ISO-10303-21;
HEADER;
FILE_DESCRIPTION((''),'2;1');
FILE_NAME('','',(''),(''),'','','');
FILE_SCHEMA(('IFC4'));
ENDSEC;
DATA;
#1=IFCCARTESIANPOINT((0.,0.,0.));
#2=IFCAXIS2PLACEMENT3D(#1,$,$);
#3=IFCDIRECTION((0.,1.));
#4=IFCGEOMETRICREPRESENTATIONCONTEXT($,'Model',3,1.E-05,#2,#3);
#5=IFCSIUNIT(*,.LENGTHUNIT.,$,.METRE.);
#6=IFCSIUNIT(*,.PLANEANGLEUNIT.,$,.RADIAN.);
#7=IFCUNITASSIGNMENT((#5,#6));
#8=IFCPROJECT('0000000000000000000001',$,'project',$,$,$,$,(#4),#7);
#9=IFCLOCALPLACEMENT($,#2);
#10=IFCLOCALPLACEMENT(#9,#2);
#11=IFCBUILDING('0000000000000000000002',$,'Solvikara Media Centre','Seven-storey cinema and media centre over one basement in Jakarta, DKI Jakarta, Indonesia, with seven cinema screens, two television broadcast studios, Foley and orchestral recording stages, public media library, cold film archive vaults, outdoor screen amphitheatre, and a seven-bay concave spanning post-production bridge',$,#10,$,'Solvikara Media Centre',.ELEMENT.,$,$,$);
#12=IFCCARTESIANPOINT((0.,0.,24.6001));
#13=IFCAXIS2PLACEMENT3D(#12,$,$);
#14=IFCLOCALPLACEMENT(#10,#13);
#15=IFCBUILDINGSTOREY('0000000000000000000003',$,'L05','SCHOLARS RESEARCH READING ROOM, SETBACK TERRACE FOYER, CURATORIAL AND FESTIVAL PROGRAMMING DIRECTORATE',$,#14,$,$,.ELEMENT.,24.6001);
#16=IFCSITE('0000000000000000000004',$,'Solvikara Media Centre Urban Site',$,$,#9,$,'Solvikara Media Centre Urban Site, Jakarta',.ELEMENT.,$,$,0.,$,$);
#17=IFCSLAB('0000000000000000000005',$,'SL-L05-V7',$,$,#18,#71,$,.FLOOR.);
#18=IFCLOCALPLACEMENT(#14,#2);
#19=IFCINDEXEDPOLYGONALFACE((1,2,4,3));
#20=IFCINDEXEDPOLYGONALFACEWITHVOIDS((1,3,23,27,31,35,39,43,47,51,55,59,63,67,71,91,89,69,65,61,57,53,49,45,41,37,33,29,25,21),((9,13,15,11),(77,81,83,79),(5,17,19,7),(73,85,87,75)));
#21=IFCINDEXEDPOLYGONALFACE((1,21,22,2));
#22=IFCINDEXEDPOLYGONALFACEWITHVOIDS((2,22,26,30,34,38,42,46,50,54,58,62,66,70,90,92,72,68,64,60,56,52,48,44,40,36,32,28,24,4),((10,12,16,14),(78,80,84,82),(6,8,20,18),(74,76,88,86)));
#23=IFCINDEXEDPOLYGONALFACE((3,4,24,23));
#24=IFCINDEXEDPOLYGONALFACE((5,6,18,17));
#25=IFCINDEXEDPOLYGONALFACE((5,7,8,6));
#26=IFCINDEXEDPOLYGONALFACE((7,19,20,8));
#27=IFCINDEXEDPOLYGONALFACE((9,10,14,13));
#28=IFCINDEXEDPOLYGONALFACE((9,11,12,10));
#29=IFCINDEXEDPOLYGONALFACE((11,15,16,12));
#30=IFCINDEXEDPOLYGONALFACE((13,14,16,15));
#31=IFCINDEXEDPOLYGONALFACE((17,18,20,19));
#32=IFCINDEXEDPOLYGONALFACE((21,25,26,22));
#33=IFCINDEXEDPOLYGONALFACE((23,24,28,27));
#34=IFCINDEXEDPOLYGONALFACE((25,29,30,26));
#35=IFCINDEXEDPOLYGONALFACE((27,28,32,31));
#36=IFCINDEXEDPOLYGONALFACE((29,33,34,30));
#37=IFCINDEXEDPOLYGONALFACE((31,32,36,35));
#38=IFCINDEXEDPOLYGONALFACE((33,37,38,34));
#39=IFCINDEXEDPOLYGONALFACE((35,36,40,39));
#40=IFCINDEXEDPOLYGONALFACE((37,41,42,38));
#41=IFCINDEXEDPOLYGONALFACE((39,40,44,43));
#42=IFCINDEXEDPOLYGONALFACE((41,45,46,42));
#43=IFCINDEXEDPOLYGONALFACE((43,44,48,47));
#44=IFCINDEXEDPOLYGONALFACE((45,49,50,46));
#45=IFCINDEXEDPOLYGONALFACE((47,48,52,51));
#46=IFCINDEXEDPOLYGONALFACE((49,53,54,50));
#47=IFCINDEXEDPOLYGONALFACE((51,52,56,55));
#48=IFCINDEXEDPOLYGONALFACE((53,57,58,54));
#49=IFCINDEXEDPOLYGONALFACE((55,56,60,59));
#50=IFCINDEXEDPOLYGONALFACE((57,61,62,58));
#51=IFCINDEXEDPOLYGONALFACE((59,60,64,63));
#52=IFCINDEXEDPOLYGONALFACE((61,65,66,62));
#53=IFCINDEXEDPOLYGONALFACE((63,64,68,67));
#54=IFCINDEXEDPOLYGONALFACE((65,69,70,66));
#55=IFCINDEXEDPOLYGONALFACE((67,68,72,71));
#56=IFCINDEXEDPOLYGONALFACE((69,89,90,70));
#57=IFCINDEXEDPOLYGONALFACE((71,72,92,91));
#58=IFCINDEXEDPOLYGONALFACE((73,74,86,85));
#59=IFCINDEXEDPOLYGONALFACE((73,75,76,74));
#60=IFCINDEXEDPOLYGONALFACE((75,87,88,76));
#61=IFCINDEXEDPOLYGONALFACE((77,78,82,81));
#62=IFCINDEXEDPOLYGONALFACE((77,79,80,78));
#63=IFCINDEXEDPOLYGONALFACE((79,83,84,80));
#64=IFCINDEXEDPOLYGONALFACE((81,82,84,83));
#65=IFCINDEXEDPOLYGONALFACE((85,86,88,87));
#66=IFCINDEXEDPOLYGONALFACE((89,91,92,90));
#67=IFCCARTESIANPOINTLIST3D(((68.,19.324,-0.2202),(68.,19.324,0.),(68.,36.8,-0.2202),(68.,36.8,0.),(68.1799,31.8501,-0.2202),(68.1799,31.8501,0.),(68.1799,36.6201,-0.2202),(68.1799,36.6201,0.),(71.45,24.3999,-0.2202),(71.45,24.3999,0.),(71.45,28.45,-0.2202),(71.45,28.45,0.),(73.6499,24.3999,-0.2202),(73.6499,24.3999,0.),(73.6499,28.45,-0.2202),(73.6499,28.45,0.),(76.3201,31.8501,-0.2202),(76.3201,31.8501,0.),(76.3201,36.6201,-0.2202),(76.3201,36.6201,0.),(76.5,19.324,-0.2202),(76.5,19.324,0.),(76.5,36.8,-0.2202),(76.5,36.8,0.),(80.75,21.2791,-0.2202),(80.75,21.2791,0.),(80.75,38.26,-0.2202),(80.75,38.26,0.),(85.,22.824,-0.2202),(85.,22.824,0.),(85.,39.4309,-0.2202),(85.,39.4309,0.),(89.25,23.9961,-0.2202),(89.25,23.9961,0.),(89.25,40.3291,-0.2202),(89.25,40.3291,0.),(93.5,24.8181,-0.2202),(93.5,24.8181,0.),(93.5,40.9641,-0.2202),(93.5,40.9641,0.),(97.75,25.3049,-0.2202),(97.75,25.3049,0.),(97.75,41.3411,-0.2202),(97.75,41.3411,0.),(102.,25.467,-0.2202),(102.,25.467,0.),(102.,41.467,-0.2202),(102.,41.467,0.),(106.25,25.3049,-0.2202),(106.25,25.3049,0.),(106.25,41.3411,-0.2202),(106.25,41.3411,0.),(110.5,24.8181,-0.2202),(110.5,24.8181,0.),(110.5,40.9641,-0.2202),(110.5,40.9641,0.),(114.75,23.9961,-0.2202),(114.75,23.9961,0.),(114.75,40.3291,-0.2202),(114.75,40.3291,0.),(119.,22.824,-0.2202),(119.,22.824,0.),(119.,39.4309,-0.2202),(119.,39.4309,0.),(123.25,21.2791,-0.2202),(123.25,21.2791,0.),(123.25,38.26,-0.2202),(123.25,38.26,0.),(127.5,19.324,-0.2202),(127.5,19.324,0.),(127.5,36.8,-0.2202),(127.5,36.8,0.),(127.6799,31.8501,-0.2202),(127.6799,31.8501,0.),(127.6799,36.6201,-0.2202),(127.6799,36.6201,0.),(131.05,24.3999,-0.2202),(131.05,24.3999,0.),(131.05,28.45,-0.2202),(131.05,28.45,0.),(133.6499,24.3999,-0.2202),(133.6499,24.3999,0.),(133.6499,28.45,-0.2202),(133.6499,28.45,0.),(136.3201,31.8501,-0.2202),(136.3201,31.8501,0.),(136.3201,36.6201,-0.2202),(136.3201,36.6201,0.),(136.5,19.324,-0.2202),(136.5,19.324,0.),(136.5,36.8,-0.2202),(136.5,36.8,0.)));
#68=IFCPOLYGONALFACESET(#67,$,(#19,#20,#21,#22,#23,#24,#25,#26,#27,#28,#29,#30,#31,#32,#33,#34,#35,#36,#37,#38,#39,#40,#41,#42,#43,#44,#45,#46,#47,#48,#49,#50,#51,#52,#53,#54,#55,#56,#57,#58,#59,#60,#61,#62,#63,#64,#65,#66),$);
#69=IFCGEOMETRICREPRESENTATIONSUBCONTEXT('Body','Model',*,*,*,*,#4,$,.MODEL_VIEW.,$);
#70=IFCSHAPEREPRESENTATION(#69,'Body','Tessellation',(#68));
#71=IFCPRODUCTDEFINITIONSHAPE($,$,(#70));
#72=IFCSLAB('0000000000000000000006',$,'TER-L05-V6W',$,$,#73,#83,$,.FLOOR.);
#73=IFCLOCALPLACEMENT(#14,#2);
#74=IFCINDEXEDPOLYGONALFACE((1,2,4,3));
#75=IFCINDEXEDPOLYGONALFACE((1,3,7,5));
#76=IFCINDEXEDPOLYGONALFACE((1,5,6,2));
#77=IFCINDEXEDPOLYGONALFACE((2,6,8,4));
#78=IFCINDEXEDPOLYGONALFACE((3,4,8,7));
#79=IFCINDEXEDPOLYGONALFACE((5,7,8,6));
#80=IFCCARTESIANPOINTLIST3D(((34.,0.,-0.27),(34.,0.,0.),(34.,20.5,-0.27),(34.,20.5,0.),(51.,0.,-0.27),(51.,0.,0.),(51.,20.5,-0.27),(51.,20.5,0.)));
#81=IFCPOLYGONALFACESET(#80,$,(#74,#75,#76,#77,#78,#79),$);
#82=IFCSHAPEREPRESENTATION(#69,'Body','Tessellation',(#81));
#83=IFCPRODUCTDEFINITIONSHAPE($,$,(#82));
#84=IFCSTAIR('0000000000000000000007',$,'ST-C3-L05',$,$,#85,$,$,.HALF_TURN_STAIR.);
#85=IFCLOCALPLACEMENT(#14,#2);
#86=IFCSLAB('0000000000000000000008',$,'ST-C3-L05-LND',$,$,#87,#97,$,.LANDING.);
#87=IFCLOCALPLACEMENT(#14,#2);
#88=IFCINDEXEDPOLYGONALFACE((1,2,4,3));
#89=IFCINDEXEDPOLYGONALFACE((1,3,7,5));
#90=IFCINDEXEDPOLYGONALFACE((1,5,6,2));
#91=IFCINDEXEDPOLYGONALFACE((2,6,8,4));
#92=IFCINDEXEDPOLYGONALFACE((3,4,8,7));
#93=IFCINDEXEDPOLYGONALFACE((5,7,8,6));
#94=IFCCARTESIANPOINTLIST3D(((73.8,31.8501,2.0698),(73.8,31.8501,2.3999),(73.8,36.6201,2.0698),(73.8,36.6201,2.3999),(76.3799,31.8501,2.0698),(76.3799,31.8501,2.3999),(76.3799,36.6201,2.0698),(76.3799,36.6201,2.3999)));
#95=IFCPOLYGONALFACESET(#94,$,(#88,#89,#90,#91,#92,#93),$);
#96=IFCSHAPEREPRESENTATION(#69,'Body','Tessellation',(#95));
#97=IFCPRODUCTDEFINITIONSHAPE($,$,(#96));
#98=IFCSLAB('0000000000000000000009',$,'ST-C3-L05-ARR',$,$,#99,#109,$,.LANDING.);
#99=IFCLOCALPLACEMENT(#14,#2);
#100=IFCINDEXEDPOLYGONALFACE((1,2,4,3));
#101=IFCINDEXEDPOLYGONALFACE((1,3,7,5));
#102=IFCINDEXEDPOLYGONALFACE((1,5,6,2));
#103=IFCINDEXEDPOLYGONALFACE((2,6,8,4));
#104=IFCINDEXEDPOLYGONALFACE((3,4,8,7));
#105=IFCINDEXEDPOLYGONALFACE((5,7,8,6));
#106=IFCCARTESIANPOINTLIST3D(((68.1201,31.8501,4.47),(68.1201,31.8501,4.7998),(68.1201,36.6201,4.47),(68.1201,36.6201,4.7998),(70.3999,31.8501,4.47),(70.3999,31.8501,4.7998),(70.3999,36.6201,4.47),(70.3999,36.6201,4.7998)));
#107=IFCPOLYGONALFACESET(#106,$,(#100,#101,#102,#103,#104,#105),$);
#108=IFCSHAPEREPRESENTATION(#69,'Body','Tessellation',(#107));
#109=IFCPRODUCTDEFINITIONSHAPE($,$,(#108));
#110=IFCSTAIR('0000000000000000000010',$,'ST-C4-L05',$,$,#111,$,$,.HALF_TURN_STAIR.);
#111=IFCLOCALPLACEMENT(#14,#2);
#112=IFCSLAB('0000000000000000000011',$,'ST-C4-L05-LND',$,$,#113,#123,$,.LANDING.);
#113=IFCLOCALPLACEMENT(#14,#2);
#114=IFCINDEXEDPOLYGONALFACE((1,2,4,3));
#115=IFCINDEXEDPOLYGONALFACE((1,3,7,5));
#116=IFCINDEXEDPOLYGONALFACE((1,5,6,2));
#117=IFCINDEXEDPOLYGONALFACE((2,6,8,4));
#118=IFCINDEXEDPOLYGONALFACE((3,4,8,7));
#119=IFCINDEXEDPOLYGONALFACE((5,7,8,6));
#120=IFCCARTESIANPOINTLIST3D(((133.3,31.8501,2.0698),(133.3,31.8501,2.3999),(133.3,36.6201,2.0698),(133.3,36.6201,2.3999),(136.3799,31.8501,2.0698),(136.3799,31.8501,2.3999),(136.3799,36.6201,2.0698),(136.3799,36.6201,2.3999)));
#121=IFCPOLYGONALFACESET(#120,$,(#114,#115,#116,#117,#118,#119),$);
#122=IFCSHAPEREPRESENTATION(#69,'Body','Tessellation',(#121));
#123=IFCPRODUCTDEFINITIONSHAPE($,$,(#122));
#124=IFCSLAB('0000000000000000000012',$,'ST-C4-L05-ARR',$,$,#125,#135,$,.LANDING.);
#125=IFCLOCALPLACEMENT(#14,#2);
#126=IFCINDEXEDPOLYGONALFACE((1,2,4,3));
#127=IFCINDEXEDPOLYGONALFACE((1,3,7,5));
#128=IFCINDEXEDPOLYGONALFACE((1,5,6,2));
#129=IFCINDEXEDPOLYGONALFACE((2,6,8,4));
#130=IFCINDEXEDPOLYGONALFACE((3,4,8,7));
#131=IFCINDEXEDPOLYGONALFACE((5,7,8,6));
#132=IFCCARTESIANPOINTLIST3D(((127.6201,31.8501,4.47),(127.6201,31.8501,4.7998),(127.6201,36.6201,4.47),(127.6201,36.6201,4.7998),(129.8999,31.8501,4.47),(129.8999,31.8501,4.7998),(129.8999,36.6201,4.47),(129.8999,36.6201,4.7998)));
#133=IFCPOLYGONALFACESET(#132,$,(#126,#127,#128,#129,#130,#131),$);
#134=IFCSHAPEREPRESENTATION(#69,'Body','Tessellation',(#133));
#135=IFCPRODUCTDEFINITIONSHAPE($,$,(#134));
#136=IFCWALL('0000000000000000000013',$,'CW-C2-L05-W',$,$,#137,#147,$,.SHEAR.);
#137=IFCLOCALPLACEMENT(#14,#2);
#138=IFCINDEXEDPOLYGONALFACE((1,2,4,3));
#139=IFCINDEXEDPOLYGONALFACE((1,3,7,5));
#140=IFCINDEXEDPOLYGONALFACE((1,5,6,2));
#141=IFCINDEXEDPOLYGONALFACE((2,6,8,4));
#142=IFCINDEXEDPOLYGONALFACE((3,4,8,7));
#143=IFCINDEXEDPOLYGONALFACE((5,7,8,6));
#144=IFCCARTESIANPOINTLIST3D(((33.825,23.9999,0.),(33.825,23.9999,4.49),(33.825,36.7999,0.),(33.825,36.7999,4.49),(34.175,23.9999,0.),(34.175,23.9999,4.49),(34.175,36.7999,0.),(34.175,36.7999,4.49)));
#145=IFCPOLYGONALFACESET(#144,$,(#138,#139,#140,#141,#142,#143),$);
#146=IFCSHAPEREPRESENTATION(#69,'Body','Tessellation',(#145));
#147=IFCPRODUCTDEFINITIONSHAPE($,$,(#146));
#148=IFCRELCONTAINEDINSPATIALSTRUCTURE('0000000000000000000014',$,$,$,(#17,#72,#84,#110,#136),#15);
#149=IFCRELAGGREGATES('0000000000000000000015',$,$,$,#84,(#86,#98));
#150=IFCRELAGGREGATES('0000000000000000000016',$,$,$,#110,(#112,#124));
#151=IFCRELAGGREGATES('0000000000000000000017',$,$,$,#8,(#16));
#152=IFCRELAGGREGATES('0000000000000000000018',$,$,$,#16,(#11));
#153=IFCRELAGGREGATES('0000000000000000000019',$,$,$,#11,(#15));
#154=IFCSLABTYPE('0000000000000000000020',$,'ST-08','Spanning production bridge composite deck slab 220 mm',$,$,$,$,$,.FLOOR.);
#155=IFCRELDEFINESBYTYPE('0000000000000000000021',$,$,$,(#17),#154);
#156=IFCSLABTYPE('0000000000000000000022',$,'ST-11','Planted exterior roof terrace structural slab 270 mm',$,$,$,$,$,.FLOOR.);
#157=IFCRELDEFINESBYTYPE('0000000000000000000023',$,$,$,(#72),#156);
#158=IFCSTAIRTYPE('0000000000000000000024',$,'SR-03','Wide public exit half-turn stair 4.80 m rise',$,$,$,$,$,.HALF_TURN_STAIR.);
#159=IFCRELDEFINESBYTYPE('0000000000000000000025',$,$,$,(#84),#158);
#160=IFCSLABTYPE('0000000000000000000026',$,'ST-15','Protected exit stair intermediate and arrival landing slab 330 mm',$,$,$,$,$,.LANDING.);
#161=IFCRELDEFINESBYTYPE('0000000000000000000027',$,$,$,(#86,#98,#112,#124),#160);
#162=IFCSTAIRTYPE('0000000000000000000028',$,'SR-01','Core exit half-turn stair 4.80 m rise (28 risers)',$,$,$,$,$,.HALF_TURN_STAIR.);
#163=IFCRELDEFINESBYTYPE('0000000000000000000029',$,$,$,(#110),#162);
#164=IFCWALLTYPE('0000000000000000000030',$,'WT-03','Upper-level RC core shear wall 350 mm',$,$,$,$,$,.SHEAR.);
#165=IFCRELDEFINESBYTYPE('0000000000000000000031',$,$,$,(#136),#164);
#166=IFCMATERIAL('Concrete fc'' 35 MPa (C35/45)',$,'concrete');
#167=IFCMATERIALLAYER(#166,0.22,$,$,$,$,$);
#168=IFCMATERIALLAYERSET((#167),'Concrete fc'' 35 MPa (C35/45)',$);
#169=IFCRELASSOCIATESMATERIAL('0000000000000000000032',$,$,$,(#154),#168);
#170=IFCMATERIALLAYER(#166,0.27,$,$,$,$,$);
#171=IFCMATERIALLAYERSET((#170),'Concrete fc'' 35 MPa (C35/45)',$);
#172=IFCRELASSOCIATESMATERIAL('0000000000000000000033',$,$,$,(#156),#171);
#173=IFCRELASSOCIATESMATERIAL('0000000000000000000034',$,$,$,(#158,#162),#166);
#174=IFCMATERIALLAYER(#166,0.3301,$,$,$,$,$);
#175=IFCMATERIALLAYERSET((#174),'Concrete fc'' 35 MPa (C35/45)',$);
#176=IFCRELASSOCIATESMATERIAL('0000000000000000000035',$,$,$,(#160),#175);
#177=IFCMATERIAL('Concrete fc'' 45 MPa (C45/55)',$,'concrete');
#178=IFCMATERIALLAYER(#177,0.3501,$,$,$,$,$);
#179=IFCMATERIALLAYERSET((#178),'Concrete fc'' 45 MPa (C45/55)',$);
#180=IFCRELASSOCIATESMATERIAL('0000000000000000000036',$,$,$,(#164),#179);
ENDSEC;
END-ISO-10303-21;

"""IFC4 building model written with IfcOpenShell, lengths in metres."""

from ifc_helpers import new_model, si_unit, direction, frame, frame_2d, origin, place, context, subcontext, project, spatial, polyline, rectangle, outline, extrude, material, layer, layer_set, type_object, element, aggregate, save


model = new_model("IFC4")

# Units and contexts
model_context = context("Model", 3, precision=1e-05, world=origin(), true_north=direction((0.0, 1.0)))
body_context = subcontext(model_context, "Body", "Model", "MODEL_VIEW")
ifc_project = project(units=[si_unit("LENGTHUNIT", "METRE"), si_unit("PLANEANGLEUNIT", "RADIAN")], contexts=[model_context])

# Site, building, storey
site_placement = place(None, origin())
site = spatial("IfcSite", under=ifc_project, at=site_placement, Name="Solvikara Media Centre Urban Site", LongName="Solvikara Media Centre Urban Site, Jakarta", CompositionType="ELEMENT", RefElevation=0.0)
building_placement = place(site_placement, origin())
building = spatial("IfcBuilding", under=site, at=building_placement, Name="Solvikara Media Centre", Description="Seven-storey cinema and media centre over one basement in Jakarta, DKI Jakarta, Indonesia, with seven cinema screens, two television broadcast studios, Foley and orchestral recording stages, public media library, cold film archive vaults, outdoor screen amphitheatre, and a seven-bay concave spanning post-production bridge", LongName="Solvikara Media Centre", CompositionType="ELEMENT")
storey_placement = place(building_placement, frame((0.0, 0.0, 24.6001)))
storey = spatial("IfcBuildingStorey", under=building, at=storey_placement, Name="L05", Description="SCHOLARS RESEARCH READING ROOM, SETBACK TERRACE FOYER, CURATORIAL AND FESTIVAL PROGRAMMING DIRECTORATE", CompositionType="ELEMENT", Elevation=24.6001)

# Shared definitions
ifc_material_1 = material(Name="Concrete fc' 45 MPa (C45/55)", Category="concrete")

# Shared definitions
ifc_material_2 = material(Name="Concrete fc' 35 MPa (C35/45)", Category="concrete")

# Slabs
ifc_layer_1 = layer(ifc_material_2, 0.22)
ifc_layer_set_1 = layer_set([ifc_layer_1], Name="Concrete fc' 35 MPa (C35/45)")
slab_type_1 = type_object("IfcSlabType", Name="ST-08", Description="Spanning production bridge composite deck slab 220 mm", PredefinedType="FLOOR", material=ifc_layer_set_1)
slab_1_placement = place(storey_placement, frame((0.0, 0.0, -0.2202)))
element("IfcSlab", 1, at=slab_1_placement, inside=storey, type_object=slab_type_1, Name="SL-L05-V7", PredefinedType="FLOOR", context=body_context, shape_type="SweptSolid", body=[
    extrude(outline(polyline([(68.0, 19.324), (76.5, 19.324), (80.75, 21.2791), (85.0, 22.824), (89.25, 23.9961), (93.5, 24.8181), (97.75, 25.3049), (102.0, 25.467), (106.25, 25.3049), (110.5, 24.8181), (114.75, 23.9961), (119.0, 22.824), (123.25, 21.2791), (127.5, 19.324), (136.5, 19.324), (136.5, 36.8), (127.5, 36.8), (123.25, 38.26), (119.0, 39.4309), (114.75, 40.3291), (110.5, 40.9641), (106.25, 41.3411), (102.0, 41.467), (97.75, 41.3411), (93.5, 40.9641), (89.25, 40.3291), (85.0, 39.4309), (80.75, 38.26), (76.5, 36.8), (68.0, 36.8), (68.0, 19.324)]), holes=[polyline([(68.1799, 31.8501), (76.3201, 31.8501), (76.3201, 36.6201), (68.1799, 36.6201), (68.1799, 31.8501)]), polyline([(71.45, 24.3999), (73.6499, 24.3999), (73.6499, 28.45), (71.45, 28.45), (71.45, 24.3999)]), polyline([(127.6799, 31.8501), (136.3201, 31.8501), (136.3201, 36.6201), (127.6799, 36.6201), (127.6799, 31.8501)]), polyline([(131.05, 24.3999), (133.6499, 24.3999), (133.6499, 28.45), (131.05, 28.45), (131.05, 24.3999)])]), origin(), (0.0, 0.0, 1.0), 0.2202),
])
ifc_layer_2 = layer(ifc_material_2, 0.27)
ifc_layer_set_2 = layer_set([ifc_layer_2], Name="Concrete fc' 35 MPa (C35/45)")
slab_type_2 = type_object("IfcSlabType", Name="ST-11", Description="Planted exterior roof terrace structural slab 270 mm", PredefinedType="FLOOR", material=ifc_layer_set_2)
slab_2_placement = place(storey_placement, frame((0.0, 0.0, -0.27)))
element("IfcSlab", 2, at=slab_2_placement, inside=storey, type_object=slab_type_2, Name="TER-L05-V6W", PredefinedType="FLOOR", context=body_context, shape_type="SweptSolid", body=[
    extrude(outline(polyline([(34.0, 0.0), (51.0, 0.0), (51.0, 20.5), (34.0, 20.5), (34.0, 0.0)])), origin(), (0.0, 0.0, 1.0), 0.27),
])

# Stairs, slabs
stair_type_1 = type_object("IfcStairType", Name="SR-03", Description="Wide public exit half-turn stair 4.80 m rise", PredefinedType="HALF_TURN_STAIR", material=ifc_material_2)
stair_1_placement = place(storey_placement, origin())
stair_1 = element("IfcStair", 3, at=stair_1_placement, inside=storey, type_object=stair_type_1, Name="ST-C3-L05", PredefinedType="HALF_TURN_STAIR")
ifc_layer_3 = layer(ifc_material_2, 0.3301)
ifc_layer_set_3 = layer_set([ifc_layer_3], Name="Concrete fc' 35 MPa (C35/45)")
slab_type_3 = type_object("IfcSlabType", Name="ST-15", Description="Protected exit stair intermediate and arrival landing slab 330 mm", PredefinedType="LANDING", material=ifc_layer_set_3)
slab_3_placement = place(storey_placement, frame((0.0, 0.0, 2.0698)))
slab_3 = element("IfcSlab", 4, at=slab_3_placement, type_object=slab_type_3, Name="ST-C3-L05-LND", PredefinedType="LANDING", context=body_context, shape_type="SweptSolid", body=[
    extrude(outline(polyline([(73.8, 31.8501), (76.3799, 31.8501), (76.3799, 36.6201), (73.8, 36.6201), (73.8, 31.8501)])), origin(), (0.0, 0.0, 1.0), 0.3301),
])
slab_4_placement = place(storey_placement, frame((0.0, 0.0, 4.47)))
slab_4 = element("IfcSlab", 5, at=slab_4_placement, type_object=slab_type_3, Name="ST-C3-L05-ARR", PredefinedType="LANDING", context=body_context, shape_type="SweptSolid", body=[
    extrude(outline(polyline([(68.1201, 31.8501), (70.3999, 31.8501), (70.3999, 36.6201), (68.1201, 36.6201), (68.1201, 31.8501)])), origin(), (0.0, 0.0, 1.0), 0.3298),
])
aggregate(stair_1, [slab_3, slab_4])
stair_type_2 = type_object("IfcStairType", Name="SR-01", Description="Core exit half-turn stair 4.80 m rise (28 risers)", PredefinedType="HALF_TURN_STAIR", material=ifc_material_2)
stair_2_placement = place(storey_placement, origin())
stair_2 = element("IfcStair", 6, at=stair_2_placement, inside=storey, type_object=stair_type_2, Name="ST-C4-L05", PredefinedType="HALF_TURN_STAIR")
slab_5_placement = place(storey_placement, frame((0.0, 0.0, 2.0698)))
slab_5 = element("IfcSlab", 7, at=slab_5_placement, type_object=slab_type_3, Name="ST-C4-L05-LND", PredefinedType="LANDING", context=body_context, shape_type="SweptSolid", body=[
    extrude(outline(polyline([(133.3, 31.8501), (136.3799, 31.8501), (136.3799, 36.6201), (133.3, 36.6201), (133.3, 31.8501)])), origin(), (0.0, 0.0, 1.0), 0.3301),
])
slab_6_placement = place(storey_placement, frame((0.0, 0.0, 4.47)))
slab_6 = element("IfcSlab", 8, at=slab_6_placement, type_object=slab_type_3, Name="ST-C4-L05-ARR", PredefinedType="LANDING", context=body_context, shape_type="SweptSolid", body=[
    extrude(outline(polyline([(127.6201, 31.8501), (129.8999, 31.8501), (129.8999, 36.6201), (127.6201, 36.6201), (127.6201, 31.8501)])), origin(), (0.0, 0.0, 1.0), 0.3298),
])
aggregate(stair_2, [slab_5, slab_6])

# Wall
ifc_layer_4 = layer(ifc_material_1, 0.3501)
ifc_layer_set_4 = layer_set([ifc_layer_4], Name="Concrete fc' 45 MPa (C45/55)")
wall_type_1 = type_object("IfcWallType", Name="WT-03", Description="Upper-level RC core shear wall 350 mm", PredefinedType="SHEAR", material=ifc_layer_set_4)
wall_1_placement = place(storey_placement, frame((34.0, 24.0, 0.0), z_axis=(0.0, 0.0, 1.0), x_axis=(0.0, 1.0, 0.0)))
element("IfcWall", 9, at=wall_1_placement, inside=storey, type_object=wall_type_1, Name="CW-C2-L05-W", PredefinedType="SHEAR", context=body_context, shape_type="SweptSolid", body=[
    extrude(rectangle(XDim=12.8, YDim=0.3501, at=frame_2d((6.3999, 0.0))), origin(), (0.0, 0.0, 1.0), 4.49),
])

save(model, "model.ifc")
